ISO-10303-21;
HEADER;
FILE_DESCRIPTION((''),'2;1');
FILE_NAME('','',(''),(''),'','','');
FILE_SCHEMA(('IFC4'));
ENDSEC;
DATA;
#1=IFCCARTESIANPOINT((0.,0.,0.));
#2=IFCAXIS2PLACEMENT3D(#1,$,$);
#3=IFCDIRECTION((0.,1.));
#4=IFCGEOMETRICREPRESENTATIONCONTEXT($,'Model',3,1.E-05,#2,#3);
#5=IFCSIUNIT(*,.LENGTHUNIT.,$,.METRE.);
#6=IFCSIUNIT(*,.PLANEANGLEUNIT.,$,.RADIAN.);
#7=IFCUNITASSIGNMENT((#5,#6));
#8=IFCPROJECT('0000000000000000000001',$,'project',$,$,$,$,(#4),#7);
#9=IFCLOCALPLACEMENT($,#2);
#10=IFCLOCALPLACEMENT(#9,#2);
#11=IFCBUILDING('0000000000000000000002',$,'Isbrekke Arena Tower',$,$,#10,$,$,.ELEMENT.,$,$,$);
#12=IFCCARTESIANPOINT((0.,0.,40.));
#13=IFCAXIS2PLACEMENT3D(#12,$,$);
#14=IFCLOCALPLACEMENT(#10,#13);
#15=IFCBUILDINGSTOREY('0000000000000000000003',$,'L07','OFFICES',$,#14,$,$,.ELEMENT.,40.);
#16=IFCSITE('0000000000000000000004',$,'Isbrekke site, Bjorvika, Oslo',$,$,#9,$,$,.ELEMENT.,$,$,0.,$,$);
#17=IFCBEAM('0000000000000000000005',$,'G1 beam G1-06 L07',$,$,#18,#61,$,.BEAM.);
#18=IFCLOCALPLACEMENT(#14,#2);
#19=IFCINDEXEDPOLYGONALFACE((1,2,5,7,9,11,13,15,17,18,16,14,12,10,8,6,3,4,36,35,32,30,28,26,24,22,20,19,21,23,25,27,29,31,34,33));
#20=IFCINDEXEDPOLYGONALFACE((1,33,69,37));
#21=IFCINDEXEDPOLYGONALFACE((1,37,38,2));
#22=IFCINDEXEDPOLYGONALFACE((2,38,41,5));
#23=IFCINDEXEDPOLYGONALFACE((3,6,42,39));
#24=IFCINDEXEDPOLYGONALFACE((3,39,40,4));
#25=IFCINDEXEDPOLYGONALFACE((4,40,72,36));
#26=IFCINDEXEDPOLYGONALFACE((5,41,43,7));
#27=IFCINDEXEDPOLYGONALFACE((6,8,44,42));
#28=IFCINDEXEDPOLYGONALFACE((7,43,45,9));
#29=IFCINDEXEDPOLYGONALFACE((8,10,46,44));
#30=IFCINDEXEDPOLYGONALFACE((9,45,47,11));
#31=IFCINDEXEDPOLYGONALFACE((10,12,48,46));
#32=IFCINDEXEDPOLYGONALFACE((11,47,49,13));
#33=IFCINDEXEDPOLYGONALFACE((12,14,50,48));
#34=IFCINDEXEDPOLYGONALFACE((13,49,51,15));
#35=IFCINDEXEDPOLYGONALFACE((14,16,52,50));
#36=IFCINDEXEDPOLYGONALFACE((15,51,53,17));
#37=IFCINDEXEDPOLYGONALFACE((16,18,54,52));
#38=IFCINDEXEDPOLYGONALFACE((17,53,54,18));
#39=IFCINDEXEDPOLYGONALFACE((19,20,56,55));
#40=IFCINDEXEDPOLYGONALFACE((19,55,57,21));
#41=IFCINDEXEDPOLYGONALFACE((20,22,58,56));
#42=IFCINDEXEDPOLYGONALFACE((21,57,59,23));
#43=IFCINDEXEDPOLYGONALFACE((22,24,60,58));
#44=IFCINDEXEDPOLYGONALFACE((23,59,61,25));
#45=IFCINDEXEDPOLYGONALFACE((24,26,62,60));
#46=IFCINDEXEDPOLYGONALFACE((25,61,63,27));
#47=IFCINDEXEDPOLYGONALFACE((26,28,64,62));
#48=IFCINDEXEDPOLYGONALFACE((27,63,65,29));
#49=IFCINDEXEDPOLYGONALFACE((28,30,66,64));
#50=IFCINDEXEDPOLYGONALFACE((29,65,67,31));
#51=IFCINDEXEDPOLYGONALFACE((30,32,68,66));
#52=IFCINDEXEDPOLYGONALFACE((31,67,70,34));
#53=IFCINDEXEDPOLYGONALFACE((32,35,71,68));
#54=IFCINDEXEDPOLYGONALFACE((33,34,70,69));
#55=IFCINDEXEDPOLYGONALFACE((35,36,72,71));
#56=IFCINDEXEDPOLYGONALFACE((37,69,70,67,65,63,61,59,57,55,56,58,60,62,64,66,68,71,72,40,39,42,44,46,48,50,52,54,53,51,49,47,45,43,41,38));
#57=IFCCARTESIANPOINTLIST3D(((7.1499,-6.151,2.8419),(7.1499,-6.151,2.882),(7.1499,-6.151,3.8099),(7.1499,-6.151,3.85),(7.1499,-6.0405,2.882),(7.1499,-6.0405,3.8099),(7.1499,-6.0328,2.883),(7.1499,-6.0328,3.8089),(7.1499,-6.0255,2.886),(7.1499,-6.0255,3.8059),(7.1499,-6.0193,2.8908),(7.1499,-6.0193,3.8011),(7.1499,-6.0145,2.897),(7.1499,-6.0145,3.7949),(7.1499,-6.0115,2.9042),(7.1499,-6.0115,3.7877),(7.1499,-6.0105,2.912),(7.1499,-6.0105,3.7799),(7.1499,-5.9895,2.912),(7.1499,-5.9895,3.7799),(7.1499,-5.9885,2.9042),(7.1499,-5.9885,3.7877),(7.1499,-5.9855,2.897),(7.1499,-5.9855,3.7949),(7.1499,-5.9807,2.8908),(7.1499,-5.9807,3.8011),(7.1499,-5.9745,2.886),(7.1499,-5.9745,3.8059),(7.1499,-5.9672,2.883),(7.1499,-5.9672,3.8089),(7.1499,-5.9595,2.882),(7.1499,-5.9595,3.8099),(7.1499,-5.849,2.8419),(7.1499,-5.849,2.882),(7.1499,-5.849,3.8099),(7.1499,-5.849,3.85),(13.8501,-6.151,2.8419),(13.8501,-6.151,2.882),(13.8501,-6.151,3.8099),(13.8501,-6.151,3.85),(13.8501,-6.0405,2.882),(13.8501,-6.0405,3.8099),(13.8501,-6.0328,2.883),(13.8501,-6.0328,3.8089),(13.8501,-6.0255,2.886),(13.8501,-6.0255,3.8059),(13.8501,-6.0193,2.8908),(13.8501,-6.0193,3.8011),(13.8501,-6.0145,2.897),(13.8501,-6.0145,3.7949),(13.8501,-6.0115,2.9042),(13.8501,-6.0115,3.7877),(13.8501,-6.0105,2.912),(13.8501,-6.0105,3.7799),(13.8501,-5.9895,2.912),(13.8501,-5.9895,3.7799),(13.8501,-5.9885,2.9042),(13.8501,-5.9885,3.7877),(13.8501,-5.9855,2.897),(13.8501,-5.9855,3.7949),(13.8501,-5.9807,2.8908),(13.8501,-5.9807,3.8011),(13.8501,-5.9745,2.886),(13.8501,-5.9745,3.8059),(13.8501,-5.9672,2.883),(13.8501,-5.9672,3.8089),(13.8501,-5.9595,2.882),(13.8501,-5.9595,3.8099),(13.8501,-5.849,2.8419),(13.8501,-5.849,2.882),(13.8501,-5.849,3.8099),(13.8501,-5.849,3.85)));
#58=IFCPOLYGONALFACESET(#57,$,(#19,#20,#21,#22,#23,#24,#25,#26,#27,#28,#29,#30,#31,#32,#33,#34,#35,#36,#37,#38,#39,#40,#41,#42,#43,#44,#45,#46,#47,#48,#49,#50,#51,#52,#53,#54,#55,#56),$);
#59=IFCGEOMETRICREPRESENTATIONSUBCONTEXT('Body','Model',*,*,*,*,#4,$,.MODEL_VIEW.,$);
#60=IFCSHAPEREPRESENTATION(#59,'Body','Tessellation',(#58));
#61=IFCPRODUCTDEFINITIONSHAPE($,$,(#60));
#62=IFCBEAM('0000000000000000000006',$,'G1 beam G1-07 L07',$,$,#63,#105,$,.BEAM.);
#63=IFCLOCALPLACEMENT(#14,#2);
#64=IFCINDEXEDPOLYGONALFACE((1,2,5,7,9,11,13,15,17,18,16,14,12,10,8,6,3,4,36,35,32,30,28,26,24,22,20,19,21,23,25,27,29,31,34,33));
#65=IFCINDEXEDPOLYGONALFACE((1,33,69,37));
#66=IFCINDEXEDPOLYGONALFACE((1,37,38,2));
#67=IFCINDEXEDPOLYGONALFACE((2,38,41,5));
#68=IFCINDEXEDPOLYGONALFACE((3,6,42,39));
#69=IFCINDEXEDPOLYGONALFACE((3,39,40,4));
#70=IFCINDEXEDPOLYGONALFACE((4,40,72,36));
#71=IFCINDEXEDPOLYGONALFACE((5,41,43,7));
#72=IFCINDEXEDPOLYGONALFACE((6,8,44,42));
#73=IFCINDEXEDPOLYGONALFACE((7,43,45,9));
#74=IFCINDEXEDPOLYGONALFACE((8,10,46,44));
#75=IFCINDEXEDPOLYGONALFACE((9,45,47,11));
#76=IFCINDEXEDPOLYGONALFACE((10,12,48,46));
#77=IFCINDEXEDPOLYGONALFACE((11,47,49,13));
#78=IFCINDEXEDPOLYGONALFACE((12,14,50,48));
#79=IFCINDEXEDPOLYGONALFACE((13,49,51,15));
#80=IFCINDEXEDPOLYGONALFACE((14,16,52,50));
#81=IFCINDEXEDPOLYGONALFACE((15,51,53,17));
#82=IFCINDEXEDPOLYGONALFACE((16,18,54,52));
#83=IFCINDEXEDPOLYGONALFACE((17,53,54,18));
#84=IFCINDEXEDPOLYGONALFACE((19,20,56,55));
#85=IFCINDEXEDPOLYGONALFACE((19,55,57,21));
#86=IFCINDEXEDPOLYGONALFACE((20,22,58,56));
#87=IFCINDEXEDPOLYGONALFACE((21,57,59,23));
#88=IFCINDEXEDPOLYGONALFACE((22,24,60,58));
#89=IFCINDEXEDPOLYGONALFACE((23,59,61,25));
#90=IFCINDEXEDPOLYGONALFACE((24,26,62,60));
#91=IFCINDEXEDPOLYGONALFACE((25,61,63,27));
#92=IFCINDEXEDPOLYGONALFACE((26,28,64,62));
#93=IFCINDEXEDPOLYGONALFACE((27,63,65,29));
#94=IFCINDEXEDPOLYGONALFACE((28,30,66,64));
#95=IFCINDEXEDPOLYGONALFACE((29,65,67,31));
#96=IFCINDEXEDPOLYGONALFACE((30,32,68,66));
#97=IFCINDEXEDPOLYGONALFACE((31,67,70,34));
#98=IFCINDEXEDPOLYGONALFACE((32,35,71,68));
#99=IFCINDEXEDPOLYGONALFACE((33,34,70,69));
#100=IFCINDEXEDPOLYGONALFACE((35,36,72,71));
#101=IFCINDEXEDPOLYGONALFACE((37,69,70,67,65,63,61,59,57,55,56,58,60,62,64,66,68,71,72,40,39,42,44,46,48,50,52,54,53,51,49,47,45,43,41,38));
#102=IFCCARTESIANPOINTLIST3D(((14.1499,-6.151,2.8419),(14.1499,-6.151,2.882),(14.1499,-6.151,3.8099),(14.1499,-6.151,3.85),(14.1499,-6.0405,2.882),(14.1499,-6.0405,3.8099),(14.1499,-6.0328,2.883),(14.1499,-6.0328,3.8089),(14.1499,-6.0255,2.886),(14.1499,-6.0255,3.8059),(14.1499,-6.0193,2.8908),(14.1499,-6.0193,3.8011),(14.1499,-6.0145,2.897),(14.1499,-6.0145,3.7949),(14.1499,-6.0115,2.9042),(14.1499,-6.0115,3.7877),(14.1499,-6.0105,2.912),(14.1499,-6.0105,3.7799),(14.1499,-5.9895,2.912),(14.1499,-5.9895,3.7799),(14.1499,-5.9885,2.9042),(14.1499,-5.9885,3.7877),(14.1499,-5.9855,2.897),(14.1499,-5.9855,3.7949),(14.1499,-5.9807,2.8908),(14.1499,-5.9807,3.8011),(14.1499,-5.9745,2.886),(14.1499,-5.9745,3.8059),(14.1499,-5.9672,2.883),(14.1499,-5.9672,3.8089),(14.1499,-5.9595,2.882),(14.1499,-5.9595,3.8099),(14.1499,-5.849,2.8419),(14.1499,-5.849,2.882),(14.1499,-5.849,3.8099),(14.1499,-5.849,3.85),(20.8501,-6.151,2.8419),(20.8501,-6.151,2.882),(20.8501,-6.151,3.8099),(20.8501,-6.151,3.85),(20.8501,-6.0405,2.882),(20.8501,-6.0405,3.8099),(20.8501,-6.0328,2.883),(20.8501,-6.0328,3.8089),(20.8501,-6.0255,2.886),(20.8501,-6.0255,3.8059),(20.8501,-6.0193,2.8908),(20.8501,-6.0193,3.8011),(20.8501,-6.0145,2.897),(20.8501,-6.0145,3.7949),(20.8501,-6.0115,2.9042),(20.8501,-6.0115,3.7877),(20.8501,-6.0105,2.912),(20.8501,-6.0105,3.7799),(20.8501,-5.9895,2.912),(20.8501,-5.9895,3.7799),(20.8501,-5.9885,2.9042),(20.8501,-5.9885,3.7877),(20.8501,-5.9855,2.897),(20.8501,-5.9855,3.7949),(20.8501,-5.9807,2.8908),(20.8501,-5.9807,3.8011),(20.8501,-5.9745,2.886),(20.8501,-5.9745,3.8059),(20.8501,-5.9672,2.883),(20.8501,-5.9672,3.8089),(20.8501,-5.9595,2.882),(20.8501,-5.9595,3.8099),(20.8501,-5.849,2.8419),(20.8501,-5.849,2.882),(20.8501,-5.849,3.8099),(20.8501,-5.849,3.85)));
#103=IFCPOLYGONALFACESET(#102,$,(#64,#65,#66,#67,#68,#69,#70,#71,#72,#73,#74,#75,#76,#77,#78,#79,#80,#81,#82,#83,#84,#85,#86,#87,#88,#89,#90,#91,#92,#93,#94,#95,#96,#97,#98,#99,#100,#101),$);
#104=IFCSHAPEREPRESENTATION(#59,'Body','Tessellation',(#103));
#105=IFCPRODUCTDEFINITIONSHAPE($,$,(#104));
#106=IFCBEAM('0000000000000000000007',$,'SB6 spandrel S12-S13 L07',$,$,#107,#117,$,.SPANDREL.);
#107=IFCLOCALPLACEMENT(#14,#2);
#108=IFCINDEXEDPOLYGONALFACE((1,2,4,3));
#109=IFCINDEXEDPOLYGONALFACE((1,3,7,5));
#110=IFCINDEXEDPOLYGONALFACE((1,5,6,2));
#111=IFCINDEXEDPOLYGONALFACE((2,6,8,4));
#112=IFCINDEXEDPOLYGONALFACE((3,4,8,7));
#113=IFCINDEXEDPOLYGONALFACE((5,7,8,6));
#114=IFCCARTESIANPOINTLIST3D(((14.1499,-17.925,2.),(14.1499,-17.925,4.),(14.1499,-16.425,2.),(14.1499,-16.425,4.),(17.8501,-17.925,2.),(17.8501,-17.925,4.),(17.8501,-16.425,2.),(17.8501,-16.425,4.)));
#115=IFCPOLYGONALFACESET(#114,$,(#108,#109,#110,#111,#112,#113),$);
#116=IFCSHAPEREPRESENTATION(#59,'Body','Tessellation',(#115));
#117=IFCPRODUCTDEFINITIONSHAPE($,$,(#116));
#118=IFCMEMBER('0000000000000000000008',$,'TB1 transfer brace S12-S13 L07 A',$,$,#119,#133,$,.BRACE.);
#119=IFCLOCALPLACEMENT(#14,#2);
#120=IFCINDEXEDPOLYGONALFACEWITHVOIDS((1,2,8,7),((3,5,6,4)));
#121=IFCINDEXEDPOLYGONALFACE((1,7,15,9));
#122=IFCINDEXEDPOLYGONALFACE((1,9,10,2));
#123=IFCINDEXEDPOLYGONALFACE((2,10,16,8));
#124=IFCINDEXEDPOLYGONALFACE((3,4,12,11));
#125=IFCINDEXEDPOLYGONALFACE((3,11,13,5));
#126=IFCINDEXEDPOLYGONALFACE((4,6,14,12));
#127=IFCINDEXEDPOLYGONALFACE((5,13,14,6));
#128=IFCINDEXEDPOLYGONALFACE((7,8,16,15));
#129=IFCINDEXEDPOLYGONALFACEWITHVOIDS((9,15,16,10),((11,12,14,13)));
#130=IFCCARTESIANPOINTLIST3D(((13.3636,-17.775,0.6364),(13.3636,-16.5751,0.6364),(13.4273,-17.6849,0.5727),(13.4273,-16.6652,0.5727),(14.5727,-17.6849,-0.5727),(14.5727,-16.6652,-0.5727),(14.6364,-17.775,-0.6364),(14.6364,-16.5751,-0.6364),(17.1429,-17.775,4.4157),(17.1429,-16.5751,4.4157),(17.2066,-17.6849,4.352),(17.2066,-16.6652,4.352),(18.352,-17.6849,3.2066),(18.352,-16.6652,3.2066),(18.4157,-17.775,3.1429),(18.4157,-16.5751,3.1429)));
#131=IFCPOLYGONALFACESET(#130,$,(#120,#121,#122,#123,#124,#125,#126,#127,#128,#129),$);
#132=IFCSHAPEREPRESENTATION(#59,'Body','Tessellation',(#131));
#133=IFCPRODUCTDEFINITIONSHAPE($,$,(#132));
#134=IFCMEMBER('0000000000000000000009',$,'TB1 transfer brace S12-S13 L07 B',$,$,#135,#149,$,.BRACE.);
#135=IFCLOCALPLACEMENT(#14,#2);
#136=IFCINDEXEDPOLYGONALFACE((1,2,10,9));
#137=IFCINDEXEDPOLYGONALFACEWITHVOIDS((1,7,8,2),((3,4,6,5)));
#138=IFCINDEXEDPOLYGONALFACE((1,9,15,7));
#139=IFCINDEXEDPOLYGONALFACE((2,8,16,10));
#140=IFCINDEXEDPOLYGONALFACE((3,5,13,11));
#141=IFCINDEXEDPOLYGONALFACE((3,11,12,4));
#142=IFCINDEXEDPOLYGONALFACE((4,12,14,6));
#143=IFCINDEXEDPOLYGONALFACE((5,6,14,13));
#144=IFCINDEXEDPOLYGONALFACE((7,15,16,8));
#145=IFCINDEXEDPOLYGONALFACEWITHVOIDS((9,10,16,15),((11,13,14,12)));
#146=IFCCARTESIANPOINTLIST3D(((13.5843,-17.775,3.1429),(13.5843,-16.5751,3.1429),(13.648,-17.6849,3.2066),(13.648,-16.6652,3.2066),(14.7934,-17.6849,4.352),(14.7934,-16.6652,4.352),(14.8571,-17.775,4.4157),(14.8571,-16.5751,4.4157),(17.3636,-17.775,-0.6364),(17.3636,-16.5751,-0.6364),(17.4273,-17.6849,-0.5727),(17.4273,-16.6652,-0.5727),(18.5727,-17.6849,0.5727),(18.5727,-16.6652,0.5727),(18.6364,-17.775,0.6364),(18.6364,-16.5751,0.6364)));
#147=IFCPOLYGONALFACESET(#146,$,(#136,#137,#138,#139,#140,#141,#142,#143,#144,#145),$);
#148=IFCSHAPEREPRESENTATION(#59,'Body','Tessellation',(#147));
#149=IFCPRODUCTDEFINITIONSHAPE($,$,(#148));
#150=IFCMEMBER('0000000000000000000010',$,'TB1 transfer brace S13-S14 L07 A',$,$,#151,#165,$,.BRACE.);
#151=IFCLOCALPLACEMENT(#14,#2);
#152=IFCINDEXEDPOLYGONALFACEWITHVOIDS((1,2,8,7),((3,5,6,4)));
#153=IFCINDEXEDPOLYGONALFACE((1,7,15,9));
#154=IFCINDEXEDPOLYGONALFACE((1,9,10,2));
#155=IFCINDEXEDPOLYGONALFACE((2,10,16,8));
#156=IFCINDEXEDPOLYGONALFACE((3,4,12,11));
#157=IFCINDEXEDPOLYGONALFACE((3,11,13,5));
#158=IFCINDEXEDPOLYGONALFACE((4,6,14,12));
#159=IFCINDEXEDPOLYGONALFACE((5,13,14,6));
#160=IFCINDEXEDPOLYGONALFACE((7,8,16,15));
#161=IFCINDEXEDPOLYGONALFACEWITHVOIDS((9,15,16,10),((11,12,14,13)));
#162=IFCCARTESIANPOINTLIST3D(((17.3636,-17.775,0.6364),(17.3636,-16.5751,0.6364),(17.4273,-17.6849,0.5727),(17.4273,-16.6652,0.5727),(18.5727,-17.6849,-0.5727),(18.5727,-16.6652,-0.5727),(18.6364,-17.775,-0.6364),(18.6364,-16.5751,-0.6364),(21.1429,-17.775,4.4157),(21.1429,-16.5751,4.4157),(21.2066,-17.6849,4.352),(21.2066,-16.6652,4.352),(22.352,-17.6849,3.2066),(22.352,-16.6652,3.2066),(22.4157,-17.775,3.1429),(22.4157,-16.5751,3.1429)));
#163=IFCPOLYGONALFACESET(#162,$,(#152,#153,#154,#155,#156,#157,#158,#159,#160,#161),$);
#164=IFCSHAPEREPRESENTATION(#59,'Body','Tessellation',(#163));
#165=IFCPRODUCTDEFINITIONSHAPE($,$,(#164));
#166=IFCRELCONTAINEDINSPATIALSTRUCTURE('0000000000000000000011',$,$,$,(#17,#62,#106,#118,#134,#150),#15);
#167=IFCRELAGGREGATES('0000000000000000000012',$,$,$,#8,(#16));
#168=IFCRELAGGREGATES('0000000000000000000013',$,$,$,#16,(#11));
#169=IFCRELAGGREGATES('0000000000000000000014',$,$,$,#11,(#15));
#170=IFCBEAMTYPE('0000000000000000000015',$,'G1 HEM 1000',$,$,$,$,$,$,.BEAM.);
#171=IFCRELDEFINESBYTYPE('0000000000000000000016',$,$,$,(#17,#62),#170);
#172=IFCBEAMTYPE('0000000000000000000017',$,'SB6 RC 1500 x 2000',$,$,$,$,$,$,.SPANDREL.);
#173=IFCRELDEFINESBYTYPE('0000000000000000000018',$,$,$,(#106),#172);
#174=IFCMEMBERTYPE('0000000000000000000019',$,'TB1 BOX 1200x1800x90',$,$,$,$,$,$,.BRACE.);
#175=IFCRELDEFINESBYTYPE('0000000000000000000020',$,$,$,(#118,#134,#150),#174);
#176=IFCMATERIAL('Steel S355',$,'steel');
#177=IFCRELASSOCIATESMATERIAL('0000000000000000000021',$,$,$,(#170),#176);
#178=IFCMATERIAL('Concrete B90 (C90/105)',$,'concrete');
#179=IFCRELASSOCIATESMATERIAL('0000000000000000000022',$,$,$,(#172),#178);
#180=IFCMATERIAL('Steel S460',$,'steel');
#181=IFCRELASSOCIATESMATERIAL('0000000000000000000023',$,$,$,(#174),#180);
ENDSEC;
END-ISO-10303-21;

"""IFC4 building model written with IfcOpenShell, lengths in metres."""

from ifc_helpers import new_model, si_unit, direction, frame, origin, origin_2d, place, context, subcontext, project, spatial, rectangle, hollow_rectangle, i_section, extrude, material, material_profile, profile_set, type_object, element, save


model = new_model("IFC4")

# Units and contexts
model_context = context("Model", 3, precision=1e-05, world=origin(), true_north=direction((0.0, 1.0)))
body_context = subcontext(model_context, "Body", "Model", "MODEL_VIEW")
ifc_project = project(units=[si_unit("LENGTHUNIT", "METRE"), si_unit("PLANEANGLEUNIT", "RADIAN")], contexts=[model_context])

# Site, building, storey
site_placement = place(None, origin())
site = spatial("IfcSite", under=ifc_project, at=site_placement, Name="Isbrekke site, Bjorvika, Oslo", CompositionType="ELEMENT", RefElevation=0.0)
building_placement = place(site_placement, origin())
building = spatial("IfcBuilding", under=site, at=building_placement, Name="Isbrekke Arena Tower", CompositionType="ELEMENT")
storey_placement = place(building_placement, frame((0.0, 0.0, 40.0)))
storey = spatial("IfcBuildingStorey", under=building, at=storey_placement, Name="L07", Description="OFFICES", CompositionType="ELEMENT", Elevation=40.0)

# Beams
ifc_material_1 = material(Name="Steel S355", Category="steel")
ifc_material_profile_1 = material_profile(ifc_material_1, i_section(OverallWidth=0.302, OverallDepth=1.0081, WebThickness=0.021, FlangeThickness=0.04, FilletRadius=0.03, at=origin_2d()), Name="HEM 1000")
ifc_profile_set_1 = profile_set([ifc_material_profile_1], Name="Steel S355")
beam_type_1 = type_object("IfcBeamType", Name="G1 HEM 1000", PredefinedType="BEAM", material=ifc_profile_set_1)
for number, where, z_axis, x_axis, name in (
    (1, (7.1499, -6.0, 3.3459), (1.0, 0.0, 0.0), (0.0, 1.0, 0.0), "G1 beam G1-06 L07"),
    (2, (14.1499, -6.0, 3.3459), (1.0, 0.0, 0.0), (0.0, 1.0, 0.0), "G1 beam G1-07 L07"),
):
    element("IfcBeam", number, at=place(storey_placement, frame(where, z_axis=z_axis, x_axis=x_axis)), inside=storey, type_object=beam_type_1, Name=name, PredefinedType="BEAM", context=body_context, shape_type="SweptSolid", body=[
        extrude(i_section(OverallWidth=0.302, OverallDepth=1.0081, WebThickness=0.021, FlangeThickness=0.04, FilletRadius=0.03, at=origin_2d()), origin(), (0.0, 0.0, 1.0), 6.7002),
    ])
ifc_material_2 = material(Name="Concrete B90 (C90/105)", Category="concrete")
ifc_material_profile_2 = material_profile(ifc_material_2, rectangle(XDim=1.5, YDim=2.0, at=origin_2d()), Name="RC 1500x2000")
ifc_profile_set_2 = profile_set([ifc_material_profile_2], Name="Concrete B90 (C90/105)")
beam_type_2 = type_object("IfcBeamType", Name="SB6 RC 1500 x 2000", PredefinedType="SPANDREL", material=ifc_profile_set_2)
beam_1_placement = place(storey_placement, frame((14.1499, -17.175, 3.0), z_axis=(1.0, 0.0, 0.0), x_axis=(0.0, 1.0, 0.0)))
element("IfcBeam", 3, at=beam_1_placement, inside=storey, type_object=beam_type_2, Name="SB6 spandrel S12-S13 L07", PredefinedType="SPANDREL", context=body_context, shape_type="SweptSolid", body=[
    extrude(rectangle(XDim=1.5, YDim=2.0, at=origin_2d()), origin(), (0.0, 0.0, 1.0), 3.7002),
])

# Members
ifc_material_3 = material(Name="Steel S460", Category="steel")
ifc_material_profile_3 = material_profile(ifc_material_3, hollow_rectangle(XDim=1.2, YDim=1.8, WallThickness=0.0901, at=origin_2d()), Name="BOX 1200x1800x90")
ifc_profile_set_3 = profile_set([ifc_material_profile_3], Name="Steel S460")
member_type = type_object("IfcMemberType", Name="TB1 BOX 1200x1800x90", PredefinedType="BRACE", material=ifc_profile_set_3)
for number, where, z_axis, x_axis, name in (
    (4, (14.0, -17.175, 0.0), (0.707107, 0.0, 0.707107), (0.0, 1.0, 0.0), "TB1 transfer brace S12-S13 L07 A"),
    (5, (14.2207, -17.175, 3.7793), (0.707107, 0.0, -0.707107), (0.0, 1.0, 0.0), "TB1 transfer brace S12-S13 L07 B"),
    (6, (18.0, -17.175, 0.0), (0.707107, 0.0, 0.707107), (0.0, 1.0, 0.0), "TB1 transfer brace S13-S14 L07 A"),
):
    element("IfcMember", number, at=place(storey_placement, frame(where, z_axis=z_axis, x_axis=x_axis)), inside=storey, type_object=member_type, Name=name, PredefinedType="BRACE", context=body_context, shape_type="SweptSolid", body=[
        extrude(hollow_rectangle(XDim=1.2, YDim=1.8, WallThickness=0.0901, at=origin_2d()), origin(), (0.0, 0.0, 1.0), 5.3447),
    ])

save(model, "model.ifc")
